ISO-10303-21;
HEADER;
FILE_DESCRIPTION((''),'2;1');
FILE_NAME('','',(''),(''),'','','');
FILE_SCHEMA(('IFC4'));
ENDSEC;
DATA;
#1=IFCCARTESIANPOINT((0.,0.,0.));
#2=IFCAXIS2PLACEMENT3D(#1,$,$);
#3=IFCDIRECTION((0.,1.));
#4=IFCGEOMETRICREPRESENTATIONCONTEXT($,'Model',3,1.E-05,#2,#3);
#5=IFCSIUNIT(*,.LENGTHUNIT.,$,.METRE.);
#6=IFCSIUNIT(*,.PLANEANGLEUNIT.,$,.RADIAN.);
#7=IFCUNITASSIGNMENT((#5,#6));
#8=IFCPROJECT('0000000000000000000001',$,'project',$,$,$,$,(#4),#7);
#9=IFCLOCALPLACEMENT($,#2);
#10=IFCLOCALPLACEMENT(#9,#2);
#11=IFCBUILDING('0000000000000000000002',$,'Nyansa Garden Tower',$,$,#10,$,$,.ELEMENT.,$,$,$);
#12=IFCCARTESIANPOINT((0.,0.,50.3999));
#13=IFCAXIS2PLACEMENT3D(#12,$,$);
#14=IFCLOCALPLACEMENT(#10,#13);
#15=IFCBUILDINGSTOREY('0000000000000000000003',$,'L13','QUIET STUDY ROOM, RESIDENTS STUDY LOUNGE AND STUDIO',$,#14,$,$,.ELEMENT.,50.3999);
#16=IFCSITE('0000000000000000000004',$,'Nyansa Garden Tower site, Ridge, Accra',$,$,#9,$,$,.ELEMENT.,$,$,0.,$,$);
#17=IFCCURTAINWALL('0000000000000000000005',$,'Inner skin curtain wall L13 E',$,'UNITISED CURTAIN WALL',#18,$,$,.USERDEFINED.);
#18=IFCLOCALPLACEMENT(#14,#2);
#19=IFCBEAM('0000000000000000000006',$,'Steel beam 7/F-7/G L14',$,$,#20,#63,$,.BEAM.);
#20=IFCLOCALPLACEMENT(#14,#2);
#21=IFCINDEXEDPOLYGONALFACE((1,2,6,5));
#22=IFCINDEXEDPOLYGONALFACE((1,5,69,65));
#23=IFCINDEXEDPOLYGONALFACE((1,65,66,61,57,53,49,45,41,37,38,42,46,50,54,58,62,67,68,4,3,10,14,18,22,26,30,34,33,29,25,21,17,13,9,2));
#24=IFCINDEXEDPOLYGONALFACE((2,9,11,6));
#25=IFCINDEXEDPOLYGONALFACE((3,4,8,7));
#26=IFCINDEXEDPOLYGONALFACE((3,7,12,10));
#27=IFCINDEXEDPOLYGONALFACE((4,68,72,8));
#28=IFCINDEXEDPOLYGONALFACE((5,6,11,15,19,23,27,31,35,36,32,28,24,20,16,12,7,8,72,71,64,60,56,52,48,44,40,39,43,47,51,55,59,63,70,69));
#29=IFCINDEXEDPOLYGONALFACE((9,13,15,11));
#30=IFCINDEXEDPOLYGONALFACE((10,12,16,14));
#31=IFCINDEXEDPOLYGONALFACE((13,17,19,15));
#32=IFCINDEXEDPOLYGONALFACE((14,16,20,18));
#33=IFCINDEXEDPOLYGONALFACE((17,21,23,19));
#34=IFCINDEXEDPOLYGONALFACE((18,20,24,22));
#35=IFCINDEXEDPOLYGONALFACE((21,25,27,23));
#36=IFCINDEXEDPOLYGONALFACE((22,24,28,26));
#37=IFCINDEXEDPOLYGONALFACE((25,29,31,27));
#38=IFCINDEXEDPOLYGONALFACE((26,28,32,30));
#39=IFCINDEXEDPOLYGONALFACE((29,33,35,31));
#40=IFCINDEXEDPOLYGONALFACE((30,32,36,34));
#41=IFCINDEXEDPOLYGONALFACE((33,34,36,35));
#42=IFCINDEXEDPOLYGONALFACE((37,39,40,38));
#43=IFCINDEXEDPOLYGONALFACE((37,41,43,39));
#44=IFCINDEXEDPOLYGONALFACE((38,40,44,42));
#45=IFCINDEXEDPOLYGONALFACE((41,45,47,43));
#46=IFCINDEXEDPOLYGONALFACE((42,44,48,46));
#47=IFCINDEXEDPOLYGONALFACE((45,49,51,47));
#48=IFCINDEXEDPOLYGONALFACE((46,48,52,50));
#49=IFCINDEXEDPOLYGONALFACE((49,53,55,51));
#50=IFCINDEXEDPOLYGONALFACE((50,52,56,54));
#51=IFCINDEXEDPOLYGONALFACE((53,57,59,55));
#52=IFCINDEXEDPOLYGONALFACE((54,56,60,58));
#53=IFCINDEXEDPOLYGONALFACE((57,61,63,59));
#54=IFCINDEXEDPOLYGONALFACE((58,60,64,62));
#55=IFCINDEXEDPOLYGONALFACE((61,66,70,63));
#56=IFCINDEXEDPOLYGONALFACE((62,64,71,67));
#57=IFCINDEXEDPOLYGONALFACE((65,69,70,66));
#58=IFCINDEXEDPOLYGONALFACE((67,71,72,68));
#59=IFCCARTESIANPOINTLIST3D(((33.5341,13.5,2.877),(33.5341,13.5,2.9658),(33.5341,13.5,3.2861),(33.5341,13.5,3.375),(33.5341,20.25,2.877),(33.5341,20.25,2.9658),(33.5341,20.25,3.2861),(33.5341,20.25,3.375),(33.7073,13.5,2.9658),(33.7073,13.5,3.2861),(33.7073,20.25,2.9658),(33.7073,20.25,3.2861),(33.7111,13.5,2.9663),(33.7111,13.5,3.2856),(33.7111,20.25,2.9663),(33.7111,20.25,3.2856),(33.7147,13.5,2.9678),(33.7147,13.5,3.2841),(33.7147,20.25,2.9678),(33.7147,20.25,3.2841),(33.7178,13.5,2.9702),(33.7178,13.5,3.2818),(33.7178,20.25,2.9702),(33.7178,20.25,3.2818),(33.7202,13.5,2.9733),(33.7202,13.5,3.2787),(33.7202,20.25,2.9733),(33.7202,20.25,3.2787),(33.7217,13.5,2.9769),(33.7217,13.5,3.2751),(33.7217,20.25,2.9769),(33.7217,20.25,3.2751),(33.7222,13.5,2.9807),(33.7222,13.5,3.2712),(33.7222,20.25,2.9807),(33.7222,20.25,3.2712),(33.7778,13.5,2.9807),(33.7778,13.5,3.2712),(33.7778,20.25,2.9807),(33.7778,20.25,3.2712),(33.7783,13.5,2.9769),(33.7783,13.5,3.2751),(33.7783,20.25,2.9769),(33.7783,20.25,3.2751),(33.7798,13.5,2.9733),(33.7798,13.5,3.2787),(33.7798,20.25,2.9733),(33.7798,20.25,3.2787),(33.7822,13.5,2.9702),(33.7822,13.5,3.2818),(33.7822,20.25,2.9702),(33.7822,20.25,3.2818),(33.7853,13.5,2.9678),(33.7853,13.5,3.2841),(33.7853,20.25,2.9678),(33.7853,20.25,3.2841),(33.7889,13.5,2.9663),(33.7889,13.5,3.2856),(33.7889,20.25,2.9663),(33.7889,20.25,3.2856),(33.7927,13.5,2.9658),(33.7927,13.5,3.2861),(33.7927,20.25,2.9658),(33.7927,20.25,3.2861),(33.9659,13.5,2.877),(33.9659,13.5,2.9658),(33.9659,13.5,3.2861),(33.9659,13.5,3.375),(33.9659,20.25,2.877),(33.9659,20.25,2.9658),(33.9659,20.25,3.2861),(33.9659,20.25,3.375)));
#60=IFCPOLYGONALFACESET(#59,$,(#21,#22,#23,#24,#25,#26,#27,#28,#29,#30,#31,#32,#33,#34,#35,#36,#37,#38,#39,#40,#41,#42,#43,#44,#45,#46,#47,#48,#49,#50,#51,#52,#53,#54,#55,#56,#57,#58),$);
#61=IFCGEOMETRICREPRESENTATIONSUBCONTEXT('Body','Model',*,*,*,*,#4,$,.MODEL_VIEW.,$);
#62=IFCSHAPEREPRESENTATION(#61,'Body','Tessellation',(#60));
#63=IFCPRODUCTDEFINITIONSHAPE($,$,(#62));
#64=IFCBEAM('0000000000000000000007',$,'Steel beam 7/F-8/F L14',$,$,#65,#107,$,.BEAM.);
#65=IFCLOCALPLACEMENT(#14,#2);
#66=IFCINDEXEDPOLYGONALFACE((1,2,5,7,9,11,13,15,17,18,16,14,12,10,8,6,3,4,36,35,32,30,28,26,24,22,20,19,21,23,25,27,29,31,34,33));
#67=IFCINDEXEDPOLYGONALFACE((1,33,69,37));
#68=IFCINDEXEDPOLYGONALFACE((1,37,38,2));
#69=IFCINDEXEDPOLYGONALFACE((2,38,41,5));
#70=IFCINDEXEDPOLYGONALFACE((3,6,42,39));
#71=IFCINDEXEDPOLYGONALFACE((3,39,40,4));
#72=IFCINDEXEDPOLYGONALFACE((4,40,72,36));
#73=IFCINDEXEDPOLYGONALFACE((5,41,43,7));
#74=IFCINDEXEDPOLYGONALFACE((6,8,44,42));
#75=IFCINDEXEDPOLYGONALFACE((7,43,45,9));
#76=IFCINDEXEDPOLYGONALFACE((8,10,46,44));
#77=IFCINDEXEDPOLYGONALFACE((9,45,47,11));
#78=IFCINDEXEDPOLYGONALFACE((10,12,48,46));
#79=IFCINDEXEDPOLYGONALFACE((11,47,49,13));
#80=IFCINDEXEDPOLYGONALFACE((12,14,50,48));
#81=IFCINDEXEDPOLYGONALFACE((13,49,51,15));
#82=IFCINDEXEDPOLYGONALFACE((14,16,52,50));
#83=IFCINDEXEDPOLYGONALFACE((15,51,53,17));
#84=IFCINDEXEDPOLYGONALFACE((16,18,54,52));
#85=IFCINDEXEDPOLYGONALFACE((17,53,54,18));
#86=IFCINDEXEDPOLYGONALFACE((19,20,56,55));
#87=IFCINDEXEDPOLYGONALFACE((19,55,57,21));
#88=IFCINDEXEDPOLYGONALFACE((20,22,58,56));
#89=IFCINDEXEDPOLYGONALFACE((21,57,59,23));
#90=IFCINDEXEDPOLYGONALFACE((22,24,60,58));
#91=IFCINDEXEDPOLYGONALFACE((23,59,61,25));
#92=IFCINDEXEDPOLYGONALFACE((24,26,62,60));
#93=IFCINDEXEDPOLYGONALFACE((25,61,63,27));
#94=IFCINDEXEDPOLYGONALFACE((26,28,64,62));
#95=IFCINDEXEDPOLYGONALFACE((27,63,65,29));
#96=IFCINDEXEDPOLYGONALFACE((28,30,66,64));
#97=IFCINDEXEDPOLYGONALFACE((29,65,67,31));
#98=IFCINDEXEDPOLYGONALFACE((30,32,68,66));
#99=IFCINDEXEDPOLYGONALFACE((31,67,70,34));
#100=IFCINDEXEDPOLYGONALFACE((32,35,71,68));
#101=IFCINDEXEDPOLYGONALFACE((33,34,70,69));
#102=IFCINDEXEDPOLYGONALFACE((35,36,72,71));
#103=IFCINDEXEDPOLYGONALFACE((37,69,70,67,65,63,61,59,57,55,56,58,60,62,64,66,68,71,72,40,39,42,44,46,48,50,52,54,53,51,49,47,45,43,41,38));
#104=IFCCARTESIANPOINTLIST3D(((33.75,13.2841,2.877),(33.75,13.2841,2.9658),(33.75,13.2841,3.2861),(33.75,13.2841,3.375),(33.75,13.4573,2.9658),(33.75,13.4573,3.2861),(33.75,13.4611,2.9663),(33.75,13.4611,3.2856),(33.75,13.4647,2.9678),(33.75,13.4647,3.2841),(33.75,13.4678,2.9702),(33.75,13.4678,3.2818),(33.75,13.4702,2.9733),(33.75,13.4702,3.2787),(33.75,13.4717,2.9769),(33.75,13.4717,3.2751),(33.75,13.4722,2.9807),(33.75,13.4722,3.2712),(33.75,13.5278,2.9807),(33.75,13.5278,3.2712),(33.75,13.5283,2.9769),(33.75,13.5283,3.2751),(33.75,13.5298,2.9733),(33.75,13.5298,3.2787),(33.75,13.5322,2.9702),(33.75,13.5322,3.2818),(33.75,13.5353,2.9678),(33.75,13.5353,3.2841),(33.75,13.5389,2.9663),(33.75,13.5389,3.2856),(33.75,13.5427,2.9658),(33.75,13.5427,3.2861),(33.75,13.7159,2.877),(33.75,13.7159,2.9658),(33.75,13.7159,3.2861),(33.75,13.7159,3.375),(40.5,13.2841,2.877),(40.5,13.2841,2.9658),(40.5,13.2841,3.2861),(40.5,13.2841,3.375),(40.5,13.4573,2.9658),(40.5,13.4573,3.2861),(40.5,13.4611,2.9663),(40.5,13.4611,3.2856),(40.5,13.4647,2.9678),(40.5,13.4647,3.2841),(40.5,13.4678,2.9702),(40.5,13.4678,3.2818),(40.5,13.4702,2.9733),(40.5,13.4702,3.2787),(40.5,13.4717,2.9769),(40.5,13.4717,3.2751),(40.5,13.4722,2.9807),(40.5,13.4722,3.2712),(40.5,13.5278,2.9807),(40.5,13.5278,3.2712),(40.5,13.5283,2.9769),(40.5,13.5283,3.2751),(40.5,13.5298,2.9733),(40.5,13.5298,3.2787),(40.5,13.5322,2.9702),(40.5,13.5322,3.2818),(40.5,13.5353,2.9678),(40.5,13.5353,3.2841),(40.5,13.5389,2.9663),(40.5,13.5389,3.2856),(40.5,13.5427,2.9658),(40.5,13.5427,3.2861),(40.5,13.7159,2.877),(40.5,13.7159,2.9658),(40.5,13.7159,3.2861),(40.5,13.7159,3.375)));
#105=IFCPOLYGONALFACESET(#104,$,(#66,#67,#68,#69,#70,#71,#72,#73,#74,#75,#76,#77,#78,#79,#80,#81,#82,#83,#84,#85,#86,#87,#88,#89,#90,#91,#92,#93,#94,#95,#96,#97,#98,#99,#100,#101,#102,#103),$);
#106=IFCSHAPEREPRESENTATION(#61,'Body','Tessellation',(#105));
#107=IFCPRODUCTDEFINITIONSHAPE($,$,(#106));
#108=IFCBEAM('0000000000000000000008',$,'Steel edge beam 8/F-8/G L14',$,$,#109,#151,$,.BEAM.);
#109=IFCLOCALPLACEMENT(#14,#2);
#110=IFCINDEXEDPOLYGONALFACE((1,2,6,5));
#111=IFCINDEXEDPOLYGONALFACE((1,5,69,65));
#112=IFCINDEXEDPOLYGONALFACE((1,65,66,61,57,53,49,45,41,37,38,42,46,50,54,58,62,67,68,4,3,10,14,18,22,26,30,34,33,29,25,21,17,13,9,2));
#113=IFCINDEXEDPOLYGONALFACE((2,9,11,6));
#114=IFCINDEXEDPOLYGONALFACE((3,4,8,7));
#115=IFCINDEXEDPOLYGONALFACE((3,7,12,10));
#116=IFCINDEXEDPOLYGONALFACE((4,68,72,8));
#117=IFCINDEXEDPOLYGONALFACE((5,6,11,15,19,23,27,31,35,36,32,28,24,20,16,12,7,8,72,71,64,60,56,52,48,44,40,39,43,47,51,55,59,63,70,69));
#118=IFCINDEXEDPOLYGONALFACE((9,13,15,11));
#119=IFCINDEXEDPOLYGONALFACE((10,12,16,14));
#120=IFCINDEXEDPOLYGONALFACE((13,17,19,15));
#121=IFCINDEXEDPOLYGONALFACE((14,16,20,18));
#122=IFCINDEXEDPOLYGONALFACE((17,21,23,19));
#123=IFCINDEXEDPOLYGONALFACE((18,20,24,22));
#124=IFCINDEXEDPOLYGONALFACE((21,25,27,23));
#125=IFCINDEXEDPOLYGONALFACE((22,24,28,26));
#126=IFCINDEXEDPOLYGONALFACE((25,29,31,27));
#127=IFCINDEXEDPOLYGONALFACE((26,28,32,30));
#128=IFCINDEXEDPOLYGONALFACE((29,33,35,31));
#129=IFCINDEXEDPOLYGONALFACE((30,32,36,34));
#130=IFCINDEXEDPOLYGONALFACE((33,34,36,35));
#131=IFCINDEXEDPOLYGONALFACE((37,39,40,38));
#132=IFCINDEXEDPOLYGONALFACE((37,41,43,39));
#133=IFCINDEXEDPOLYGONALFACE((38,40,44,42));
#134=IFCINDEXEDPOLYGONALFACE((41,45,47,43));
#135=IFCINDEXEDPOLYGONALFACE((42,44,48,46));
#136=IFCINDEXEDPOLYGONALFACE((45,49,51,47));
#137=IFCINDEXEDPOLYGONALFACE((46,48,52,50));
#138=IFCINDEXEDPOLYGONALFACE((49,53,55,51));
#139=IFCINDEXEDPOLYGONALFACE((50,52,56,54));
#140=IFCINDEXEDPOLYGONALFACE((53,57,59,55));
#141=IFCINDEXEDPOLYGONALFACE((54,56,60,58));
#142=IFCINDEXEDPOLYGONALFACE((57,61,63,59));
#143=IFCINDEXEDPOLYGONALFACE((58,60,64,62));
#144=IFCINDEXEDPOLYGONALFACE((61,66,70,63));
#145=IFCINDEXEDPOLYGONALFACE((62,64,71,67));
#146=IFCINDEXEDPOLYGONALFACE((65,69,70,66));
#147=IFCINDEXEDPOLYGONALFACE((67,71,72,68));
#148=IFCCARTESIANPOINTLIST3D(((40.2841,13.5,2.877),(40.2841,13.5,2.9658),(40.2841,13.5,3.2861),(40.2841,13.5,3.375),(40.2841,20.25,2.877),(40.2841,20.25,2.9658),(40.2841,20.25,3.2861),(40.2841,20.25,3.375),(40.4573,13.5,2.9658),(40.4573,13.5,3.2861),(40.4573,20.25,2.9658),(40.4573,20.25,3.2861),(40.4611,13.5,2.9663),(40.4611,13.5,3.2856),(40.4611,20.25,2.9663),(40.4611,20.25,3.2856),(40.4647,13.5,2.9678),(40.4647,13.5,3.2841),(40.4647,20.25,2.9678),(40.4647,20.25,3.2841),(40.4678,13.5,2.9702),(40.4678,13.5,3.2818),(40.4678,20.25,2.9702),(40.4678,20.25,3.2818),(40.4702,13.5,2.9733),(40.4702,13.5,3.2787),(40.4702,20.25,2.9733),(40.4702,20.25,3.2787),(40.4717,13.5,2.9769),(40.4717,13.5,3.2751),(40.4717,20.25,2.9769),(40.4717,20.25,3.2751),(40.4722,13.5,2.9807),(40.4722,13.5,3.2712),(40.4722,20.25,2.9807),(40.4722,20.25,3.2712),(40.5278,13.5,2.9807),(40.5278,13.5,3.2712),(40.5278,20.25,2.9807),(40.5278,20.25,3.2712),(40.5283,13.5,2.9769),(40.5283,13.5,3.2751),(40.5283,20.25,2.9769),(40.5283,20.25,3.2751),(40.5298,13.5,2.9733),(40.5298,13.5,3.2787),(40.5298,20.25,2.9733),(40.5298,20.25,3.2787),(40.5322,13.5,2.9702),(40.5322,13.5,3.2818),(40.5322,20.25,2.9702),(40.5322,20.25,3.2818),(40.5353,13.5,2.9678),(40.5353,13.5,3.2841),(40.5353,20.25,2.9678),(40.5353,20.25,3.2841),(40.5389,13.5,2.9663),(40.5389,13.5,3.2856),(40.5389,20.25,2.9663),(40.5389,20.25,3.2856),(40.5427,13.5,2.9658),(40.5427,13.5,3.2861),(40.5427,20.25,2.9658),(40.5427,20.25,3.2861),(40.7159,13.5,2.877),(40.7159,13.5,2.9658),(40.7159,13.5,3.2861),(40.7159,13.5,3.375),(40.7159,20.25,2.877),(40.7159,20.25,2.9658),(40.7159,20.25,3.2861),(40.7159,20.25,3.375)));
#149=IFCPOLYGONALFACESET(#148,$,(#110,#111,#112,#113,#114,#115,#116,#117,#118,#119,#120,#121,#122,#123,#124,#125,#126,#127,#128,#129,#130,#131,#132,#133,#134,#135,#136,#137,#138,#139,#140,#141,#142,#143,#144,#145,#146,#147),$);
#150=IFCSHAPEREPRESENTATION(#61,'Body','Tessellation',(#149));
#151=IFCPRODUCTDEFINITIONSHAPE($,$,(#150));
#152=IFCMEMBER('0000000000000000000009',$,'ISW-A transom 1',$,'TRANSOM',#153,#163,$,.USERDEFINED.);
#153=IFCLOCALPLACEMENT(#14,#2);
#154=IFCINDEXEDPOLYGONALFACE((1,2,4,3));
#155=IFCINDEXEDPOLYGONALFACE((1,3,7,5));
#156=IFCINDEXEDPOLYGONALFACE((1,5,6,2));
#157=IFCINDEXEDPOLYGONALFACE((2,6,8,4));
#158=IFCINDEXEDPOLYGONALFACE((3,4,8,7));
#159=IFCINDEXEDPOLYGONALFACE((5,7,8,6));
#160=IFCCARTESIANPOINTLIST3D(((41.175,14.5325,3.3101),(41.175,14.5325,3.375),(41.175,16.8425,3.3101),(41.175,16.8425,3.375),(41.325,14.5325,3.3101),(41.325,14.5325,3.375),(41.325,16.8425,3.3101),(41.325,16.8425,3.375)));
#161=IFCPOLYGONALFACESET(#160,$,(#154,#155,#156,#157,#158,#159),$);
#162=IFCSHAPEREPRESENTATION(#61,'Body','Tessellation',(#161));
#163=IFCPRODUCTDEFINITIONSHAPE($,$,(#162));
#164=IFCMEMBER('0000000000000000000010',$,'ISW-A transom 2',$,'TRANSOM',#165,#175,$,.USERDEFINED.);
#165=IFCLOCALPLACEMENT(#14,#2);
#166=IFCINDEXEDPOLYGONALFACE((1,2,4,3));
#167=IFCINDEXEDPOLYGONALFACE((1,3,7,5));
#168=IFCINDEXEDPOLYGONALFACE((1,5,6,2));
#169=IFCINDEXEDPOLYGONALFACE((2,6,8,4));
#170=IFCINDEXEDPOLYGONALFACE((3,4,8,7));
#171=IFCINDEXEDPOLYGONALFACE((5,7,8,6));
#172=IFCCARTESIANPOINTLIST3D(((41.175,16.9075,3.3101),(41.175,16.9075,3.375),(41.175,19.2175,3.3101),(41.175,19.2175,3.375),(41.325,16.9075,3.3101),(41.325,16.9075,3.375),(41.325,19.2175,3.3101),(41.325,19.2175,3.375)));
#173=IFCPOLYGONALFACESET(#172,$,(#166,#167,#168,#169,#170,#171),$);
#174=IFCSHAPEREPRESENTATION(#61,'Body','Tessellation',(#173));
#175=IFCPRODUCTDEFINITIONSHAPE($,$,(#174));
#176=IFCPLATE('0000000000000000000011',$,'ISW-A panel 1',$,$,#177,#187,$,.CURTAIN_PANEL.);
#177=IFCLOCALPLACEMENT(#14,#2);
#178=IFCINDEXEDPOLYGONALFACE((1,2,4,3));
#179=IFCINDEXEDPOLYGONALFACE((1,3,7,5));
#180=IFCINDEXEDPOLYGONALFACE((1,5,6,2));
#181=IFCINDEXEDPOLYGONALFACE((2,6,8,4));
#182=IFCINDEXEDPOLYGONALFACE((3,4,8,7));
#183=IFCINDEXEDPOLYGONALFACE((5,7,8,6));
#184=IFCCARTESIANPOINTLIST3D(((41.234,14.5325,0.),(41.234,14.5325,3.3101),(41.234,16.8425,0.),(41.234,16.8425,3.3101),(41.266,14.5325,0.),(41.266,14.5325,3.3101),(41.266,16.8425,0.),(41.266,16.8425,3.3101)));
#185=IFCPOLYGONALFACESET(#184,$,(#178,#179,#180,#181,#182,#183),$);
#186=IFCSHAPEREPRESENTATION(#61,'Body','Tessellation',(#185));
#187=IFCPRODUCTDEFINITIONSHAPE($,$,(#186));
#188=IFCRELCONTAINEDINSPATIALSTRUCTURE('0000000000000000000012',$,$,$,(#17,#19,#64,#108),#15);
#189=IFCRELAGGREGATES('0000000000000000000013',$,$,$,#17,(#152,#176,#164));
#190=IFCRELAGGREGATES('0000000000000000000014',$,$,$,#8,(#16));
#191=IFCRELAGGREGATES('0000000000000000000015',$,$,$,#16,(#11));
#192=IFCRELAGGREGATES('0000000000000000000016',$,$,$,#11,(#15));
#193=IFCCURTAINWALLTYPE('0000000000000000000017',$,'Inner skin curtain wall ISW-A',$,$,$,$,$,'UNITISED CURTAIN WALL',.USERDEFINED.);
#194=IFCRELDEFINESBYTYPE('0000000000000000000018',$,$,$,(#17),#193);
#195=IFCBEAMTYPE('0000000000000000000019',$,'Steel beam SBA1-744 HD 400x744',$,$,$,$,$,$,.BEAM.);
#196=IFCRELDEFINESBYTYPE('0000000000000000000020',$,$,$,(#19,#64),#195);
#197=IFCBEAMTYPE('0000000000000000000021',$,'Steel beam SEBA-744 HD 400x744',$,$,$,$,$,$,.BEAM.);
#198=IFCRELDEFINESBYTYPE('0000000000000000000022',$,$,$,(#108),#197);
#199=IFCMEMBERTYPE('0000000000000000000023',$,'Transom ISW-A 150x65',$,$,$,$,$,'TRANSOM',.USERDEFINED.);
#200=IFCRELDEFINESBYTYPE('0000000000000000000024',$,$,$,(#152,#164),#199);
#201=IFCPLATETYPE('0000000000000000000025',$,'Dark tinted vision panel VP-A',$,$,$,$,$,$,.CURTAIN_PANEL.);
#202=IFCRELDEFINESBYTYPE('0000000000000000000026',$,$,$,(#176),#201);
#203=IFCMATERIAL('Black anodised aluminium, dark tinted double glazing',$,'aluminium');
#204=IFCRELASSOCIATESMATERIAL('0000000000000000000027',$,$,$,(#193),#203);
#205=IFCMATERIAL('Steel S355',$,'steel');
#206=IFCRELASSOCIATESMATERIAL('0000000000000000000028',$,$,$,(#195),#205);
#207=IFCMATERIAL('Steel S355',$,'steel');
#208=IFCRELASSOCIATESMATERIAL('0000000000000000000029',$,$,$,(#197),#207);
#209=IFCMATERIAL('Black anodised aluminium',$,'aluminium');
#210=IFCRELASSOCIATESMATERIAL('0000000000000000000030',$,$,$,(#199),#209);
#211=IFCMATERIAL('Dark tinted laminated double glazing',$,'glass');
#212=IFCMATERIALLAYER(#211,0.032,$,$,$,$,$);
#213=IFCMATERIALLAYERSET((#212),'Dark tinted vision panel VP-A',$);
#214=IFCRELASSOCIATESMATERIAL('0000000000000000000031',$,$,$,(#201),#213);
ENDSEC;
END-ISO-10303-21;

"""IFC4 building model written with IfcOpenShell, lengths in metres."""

from ifc_helpers import new_model, si_unit, direction, frame, origin, origin_2d, place, context, subcontext, project, spatial, rectangle, i_section, extrude, material, layer, layer_set, material_profile, profile_set, type_object, element, aggregate, save


model = new_model("IFC4")

# Units and contexts
model_context = context("Model", 3, precision=1e-05, world=origin(), true_north=direction((0.0, 1.0)))
body_context = subcontext(model_context, "Body", "Model", "MODEL_VIEW")
ifc_project = project(units=[si_unit("LENGTHUNIT", "METRE"), si_unit("PLANEANGLEUNIT", "RADIAN")], contexts=[model_context])

# Site, building, storey
site_placement = place(None, origin())
site = spatial("IfcSite", under=ifc_project, at=site_placement, Name="Nyansa Garden Tower site, Ridge, Accra", CompositionType="ELEMENT", RefElevation=0.0)
building_placement = place(site_placement, origin())
building = spatial("IfcBuilding", under=site, at=building_placement, Name="Nyansa Garden Tower", CompositionType="ELEMENT")
storey_placement = place(building_placement, frame((0.0, 0.0, 50.3999)))
storey = spatial("IfcBuildingStorey", under=building, at=storey_placement, Name="L13", Description="QUIET STUDY ROOM, RESIDENTS STUDY LOUNGE AND STUDIO", CompositionType="ELEMENT", Elevation=50.3999)

# Shared definitions
ifc_material_1 = material(Name="Black anodised aluminium, dark tinted double glazing", Category="aluminium")
curtain_wall_type = type_object("IfcCurtainWallType", Name="Inner skin curtain wall ISW-A", ElementType="UNITISED CURTAIN WALL", PredefinedType="USERDEFINED", material=ifc_material_1)

# Curtain wall
curtain_wall_1_placement = place(storey_placement, origin())
curtain_wall_1 = element("IfcCurtainWall", 1, at=curtain_wall_1_placement, inside=storey, type_object=curtain_wall_type, Name="Inner skin curtain wall L13 E", ObjectType="UNITISED CURTAIN WALL", PredefinedType="USERDEFINED")

# Beams
ifc_material_2 = material(Name="Steel S355", Category="steel")
ifc_material_profile_1 = material_profile(ifc_material_2, i_section(OverallWidth=0.4319, OverallDepth=0.498, WebThickness=0.0557, FlangeThickness=0.0889, FilletRadius=0.0149, at=origin_2d()), Name="HD 400x744")
ifc_profile_set_1 = profile_set([ifc_material_profile_1], Name="Steel S355")
beam_type_1 = type_object("IfcBeamType", Name="Steel beam SBA1-744 HD 400x744", PredefinedType="BEAM", material=ifc_profile_set_1)
for number, where, z_axis, x_axis, name in (
    (2, (33.75, 13.5, 3.126), (0.0, 1.0, 0.0), (-1.0, 0.0, 0.0), "Steel beam 7/F-7/G L14"),
    (3, (33.75, 13.5, 3.126), (1.0, 0.0, 0.0), (0.0, 1.0, 0.0), "Steel beam 7/F-8/F L14"),
):
    element("IfcBeam", number, at=place(storey_placement, frame(where, z_axis=z_axis, x_axis=x_axis)), inside=storey, type_object=beam_type_1, Name=name, PredefinedType="BEAM", context=body_context, shape_type="SweptSolid", body=[
        extrude(i_section(OverallWidth=0.4319, OverallDepth=0.498, WebThickness=0.0557, FlangeThickness=0.0889, FilletRadius=0.0149, at=origin_2d()), origin(), (0.0, 0.0, 1.0), 6.75),
    ])
ifc_material_3 = material(Name="Steel S355", Category="steel")
ifc_material_profile_2 = material_profile(ifc_material_3, i_section(OverallWidth=0.4319, OverallDepth=0.498, WebThickness=0.0557, FlangeThickness=0.0889, FilletRadius=0.0149, at=origin_2d()), Name="HD 400x744")
ifc_profile_set_2 = profile_set([ifc_material_profile_2], Name="Steel S355")
beam_type_2 = type_object("IfcBeamType", Name="Steel beam SEBA-744 HD 400x744", PredefinedType="BEAM", material=ifc_profile_set_2)
beam_1_placement = place(storey_placement, frame((40.5, 13.5, 3.126), z_axis=(0.0, 1.0, 0.0), x_axis=(-1.0, 0.0, 0.0)))
element("IfcBeam", 4, at=beam_1_placement, inside=storey, type_object=beam_type_2, Name="Steel edge beam 8/F-8/G L14", PredefinedType="BEAM", context=body_context, shape_type="SweptSolid", body=[
    extrude(i_section(OverallWidth=0.4319, OverallDepth=0.498, WebThickness=0.0557, FlangeThickness=0.0889, FilletRadius=0.0149, at=origin_2d()), origin(), (0.0, 0.0, 1.0), 6.75),
])

# Members
ifc_material_4 = material(Name="Black anodised aluminium", Category="aluminium")
ifc_material_profile_3 = material_profile(ifc_material_4, rectangle(XDim=0.1499, YDim=0.0649, at=origin_2d()), Name="Transom 150x65")
ifc_profile_set_3 = profile_set([ifc_material_profile_3], Name="Black anodised aluminium")
member_type_1 = type_object("IfcMemberType", Name="Transom ISW-A 150x65", ElementType="TRANSOM", PredefinedType="USERDEFINED", material=ifc_profile_set_3)
member_1_placement = place(storey_placement, frame((41.25, 14.5325, 3.3425), z_axis=(0.0, 1.0, 0.0), x_axis=(-1.0, 0.0, 0.0)))
member_1 = element("IfcMember", 5, at=member_1_placement, type_object=member_type_1, Name="ISW-A transom 1", ObjectType="TRANSOM", PredefinedType="USERDEFINED", context=body_context, shape_type="SweptSolid", body=[
    extrude(rectangle(XDim=0.1499, YDim=0.0649, at=origin_2d()), origin(), (0.0, 0.0, 1.0), 2.3101),
])
member_2_placement = place(storey_placement, frame((41.25, 16.9075, 3.3425), z_axis=(0.0, 1.0, 0.0), x_axis=(-1.0, 0.0, 0.0)))
member_2 = element("IfcMember", 6, at=member_2_placement, type_object=member_type_1, Name="ISW-A transom 2", ObjectType="TRANSOM", PredefinedType="USERDEFINED", context=body_context, shape_type="SweptSolid", body=[
    extrude(rectangle(XDim=0.1499, YDim=0.0649, at=origin_2d()), origin(), (0.0, 0.0, 1.0), 2.3101),
])

# Plate
ifc_material_5 = material(Name="Dark tinted laminated double glazing", Category="glass")
ifc_layer_1 = layer(ifc_material_5, 0.032)
ifc_layer_set_1 = layer_set([ifc_layer_1], Name="Dark tinted vision panel VP-A")
plate_type_1 = type_object("IfcPlateType", Name="Dark tinted vision panel VP-A", PredefinedType="CURTAIN_PANEL", material=ifc_layer_set_1)
plate_1_placement = place(storey_placement, frame((41.25, 15.6875, 0.0), z_axis=(0.0, 0.0, 1.0), x_axis=(0.0, 1.0, 0.0)))
plate_1 = element("IfcPlate", 7, at=plate_1_placement, type_object=plate_type_1, Name="ISW-A panel 1", PredefinedType="CURTAIN_PANEL", context=body_context, shape_type="SweptSolid", body=[
    extrude(rectangle(XDim=2.3101, YDim=0.032, at=origin_2d()), origin(), (0.0, 0.0, 1.0), 3.3101),
])
aggregate(curtain_wall_1, [member_1, plate_1, member_2])

save(model, "model.ifc")
